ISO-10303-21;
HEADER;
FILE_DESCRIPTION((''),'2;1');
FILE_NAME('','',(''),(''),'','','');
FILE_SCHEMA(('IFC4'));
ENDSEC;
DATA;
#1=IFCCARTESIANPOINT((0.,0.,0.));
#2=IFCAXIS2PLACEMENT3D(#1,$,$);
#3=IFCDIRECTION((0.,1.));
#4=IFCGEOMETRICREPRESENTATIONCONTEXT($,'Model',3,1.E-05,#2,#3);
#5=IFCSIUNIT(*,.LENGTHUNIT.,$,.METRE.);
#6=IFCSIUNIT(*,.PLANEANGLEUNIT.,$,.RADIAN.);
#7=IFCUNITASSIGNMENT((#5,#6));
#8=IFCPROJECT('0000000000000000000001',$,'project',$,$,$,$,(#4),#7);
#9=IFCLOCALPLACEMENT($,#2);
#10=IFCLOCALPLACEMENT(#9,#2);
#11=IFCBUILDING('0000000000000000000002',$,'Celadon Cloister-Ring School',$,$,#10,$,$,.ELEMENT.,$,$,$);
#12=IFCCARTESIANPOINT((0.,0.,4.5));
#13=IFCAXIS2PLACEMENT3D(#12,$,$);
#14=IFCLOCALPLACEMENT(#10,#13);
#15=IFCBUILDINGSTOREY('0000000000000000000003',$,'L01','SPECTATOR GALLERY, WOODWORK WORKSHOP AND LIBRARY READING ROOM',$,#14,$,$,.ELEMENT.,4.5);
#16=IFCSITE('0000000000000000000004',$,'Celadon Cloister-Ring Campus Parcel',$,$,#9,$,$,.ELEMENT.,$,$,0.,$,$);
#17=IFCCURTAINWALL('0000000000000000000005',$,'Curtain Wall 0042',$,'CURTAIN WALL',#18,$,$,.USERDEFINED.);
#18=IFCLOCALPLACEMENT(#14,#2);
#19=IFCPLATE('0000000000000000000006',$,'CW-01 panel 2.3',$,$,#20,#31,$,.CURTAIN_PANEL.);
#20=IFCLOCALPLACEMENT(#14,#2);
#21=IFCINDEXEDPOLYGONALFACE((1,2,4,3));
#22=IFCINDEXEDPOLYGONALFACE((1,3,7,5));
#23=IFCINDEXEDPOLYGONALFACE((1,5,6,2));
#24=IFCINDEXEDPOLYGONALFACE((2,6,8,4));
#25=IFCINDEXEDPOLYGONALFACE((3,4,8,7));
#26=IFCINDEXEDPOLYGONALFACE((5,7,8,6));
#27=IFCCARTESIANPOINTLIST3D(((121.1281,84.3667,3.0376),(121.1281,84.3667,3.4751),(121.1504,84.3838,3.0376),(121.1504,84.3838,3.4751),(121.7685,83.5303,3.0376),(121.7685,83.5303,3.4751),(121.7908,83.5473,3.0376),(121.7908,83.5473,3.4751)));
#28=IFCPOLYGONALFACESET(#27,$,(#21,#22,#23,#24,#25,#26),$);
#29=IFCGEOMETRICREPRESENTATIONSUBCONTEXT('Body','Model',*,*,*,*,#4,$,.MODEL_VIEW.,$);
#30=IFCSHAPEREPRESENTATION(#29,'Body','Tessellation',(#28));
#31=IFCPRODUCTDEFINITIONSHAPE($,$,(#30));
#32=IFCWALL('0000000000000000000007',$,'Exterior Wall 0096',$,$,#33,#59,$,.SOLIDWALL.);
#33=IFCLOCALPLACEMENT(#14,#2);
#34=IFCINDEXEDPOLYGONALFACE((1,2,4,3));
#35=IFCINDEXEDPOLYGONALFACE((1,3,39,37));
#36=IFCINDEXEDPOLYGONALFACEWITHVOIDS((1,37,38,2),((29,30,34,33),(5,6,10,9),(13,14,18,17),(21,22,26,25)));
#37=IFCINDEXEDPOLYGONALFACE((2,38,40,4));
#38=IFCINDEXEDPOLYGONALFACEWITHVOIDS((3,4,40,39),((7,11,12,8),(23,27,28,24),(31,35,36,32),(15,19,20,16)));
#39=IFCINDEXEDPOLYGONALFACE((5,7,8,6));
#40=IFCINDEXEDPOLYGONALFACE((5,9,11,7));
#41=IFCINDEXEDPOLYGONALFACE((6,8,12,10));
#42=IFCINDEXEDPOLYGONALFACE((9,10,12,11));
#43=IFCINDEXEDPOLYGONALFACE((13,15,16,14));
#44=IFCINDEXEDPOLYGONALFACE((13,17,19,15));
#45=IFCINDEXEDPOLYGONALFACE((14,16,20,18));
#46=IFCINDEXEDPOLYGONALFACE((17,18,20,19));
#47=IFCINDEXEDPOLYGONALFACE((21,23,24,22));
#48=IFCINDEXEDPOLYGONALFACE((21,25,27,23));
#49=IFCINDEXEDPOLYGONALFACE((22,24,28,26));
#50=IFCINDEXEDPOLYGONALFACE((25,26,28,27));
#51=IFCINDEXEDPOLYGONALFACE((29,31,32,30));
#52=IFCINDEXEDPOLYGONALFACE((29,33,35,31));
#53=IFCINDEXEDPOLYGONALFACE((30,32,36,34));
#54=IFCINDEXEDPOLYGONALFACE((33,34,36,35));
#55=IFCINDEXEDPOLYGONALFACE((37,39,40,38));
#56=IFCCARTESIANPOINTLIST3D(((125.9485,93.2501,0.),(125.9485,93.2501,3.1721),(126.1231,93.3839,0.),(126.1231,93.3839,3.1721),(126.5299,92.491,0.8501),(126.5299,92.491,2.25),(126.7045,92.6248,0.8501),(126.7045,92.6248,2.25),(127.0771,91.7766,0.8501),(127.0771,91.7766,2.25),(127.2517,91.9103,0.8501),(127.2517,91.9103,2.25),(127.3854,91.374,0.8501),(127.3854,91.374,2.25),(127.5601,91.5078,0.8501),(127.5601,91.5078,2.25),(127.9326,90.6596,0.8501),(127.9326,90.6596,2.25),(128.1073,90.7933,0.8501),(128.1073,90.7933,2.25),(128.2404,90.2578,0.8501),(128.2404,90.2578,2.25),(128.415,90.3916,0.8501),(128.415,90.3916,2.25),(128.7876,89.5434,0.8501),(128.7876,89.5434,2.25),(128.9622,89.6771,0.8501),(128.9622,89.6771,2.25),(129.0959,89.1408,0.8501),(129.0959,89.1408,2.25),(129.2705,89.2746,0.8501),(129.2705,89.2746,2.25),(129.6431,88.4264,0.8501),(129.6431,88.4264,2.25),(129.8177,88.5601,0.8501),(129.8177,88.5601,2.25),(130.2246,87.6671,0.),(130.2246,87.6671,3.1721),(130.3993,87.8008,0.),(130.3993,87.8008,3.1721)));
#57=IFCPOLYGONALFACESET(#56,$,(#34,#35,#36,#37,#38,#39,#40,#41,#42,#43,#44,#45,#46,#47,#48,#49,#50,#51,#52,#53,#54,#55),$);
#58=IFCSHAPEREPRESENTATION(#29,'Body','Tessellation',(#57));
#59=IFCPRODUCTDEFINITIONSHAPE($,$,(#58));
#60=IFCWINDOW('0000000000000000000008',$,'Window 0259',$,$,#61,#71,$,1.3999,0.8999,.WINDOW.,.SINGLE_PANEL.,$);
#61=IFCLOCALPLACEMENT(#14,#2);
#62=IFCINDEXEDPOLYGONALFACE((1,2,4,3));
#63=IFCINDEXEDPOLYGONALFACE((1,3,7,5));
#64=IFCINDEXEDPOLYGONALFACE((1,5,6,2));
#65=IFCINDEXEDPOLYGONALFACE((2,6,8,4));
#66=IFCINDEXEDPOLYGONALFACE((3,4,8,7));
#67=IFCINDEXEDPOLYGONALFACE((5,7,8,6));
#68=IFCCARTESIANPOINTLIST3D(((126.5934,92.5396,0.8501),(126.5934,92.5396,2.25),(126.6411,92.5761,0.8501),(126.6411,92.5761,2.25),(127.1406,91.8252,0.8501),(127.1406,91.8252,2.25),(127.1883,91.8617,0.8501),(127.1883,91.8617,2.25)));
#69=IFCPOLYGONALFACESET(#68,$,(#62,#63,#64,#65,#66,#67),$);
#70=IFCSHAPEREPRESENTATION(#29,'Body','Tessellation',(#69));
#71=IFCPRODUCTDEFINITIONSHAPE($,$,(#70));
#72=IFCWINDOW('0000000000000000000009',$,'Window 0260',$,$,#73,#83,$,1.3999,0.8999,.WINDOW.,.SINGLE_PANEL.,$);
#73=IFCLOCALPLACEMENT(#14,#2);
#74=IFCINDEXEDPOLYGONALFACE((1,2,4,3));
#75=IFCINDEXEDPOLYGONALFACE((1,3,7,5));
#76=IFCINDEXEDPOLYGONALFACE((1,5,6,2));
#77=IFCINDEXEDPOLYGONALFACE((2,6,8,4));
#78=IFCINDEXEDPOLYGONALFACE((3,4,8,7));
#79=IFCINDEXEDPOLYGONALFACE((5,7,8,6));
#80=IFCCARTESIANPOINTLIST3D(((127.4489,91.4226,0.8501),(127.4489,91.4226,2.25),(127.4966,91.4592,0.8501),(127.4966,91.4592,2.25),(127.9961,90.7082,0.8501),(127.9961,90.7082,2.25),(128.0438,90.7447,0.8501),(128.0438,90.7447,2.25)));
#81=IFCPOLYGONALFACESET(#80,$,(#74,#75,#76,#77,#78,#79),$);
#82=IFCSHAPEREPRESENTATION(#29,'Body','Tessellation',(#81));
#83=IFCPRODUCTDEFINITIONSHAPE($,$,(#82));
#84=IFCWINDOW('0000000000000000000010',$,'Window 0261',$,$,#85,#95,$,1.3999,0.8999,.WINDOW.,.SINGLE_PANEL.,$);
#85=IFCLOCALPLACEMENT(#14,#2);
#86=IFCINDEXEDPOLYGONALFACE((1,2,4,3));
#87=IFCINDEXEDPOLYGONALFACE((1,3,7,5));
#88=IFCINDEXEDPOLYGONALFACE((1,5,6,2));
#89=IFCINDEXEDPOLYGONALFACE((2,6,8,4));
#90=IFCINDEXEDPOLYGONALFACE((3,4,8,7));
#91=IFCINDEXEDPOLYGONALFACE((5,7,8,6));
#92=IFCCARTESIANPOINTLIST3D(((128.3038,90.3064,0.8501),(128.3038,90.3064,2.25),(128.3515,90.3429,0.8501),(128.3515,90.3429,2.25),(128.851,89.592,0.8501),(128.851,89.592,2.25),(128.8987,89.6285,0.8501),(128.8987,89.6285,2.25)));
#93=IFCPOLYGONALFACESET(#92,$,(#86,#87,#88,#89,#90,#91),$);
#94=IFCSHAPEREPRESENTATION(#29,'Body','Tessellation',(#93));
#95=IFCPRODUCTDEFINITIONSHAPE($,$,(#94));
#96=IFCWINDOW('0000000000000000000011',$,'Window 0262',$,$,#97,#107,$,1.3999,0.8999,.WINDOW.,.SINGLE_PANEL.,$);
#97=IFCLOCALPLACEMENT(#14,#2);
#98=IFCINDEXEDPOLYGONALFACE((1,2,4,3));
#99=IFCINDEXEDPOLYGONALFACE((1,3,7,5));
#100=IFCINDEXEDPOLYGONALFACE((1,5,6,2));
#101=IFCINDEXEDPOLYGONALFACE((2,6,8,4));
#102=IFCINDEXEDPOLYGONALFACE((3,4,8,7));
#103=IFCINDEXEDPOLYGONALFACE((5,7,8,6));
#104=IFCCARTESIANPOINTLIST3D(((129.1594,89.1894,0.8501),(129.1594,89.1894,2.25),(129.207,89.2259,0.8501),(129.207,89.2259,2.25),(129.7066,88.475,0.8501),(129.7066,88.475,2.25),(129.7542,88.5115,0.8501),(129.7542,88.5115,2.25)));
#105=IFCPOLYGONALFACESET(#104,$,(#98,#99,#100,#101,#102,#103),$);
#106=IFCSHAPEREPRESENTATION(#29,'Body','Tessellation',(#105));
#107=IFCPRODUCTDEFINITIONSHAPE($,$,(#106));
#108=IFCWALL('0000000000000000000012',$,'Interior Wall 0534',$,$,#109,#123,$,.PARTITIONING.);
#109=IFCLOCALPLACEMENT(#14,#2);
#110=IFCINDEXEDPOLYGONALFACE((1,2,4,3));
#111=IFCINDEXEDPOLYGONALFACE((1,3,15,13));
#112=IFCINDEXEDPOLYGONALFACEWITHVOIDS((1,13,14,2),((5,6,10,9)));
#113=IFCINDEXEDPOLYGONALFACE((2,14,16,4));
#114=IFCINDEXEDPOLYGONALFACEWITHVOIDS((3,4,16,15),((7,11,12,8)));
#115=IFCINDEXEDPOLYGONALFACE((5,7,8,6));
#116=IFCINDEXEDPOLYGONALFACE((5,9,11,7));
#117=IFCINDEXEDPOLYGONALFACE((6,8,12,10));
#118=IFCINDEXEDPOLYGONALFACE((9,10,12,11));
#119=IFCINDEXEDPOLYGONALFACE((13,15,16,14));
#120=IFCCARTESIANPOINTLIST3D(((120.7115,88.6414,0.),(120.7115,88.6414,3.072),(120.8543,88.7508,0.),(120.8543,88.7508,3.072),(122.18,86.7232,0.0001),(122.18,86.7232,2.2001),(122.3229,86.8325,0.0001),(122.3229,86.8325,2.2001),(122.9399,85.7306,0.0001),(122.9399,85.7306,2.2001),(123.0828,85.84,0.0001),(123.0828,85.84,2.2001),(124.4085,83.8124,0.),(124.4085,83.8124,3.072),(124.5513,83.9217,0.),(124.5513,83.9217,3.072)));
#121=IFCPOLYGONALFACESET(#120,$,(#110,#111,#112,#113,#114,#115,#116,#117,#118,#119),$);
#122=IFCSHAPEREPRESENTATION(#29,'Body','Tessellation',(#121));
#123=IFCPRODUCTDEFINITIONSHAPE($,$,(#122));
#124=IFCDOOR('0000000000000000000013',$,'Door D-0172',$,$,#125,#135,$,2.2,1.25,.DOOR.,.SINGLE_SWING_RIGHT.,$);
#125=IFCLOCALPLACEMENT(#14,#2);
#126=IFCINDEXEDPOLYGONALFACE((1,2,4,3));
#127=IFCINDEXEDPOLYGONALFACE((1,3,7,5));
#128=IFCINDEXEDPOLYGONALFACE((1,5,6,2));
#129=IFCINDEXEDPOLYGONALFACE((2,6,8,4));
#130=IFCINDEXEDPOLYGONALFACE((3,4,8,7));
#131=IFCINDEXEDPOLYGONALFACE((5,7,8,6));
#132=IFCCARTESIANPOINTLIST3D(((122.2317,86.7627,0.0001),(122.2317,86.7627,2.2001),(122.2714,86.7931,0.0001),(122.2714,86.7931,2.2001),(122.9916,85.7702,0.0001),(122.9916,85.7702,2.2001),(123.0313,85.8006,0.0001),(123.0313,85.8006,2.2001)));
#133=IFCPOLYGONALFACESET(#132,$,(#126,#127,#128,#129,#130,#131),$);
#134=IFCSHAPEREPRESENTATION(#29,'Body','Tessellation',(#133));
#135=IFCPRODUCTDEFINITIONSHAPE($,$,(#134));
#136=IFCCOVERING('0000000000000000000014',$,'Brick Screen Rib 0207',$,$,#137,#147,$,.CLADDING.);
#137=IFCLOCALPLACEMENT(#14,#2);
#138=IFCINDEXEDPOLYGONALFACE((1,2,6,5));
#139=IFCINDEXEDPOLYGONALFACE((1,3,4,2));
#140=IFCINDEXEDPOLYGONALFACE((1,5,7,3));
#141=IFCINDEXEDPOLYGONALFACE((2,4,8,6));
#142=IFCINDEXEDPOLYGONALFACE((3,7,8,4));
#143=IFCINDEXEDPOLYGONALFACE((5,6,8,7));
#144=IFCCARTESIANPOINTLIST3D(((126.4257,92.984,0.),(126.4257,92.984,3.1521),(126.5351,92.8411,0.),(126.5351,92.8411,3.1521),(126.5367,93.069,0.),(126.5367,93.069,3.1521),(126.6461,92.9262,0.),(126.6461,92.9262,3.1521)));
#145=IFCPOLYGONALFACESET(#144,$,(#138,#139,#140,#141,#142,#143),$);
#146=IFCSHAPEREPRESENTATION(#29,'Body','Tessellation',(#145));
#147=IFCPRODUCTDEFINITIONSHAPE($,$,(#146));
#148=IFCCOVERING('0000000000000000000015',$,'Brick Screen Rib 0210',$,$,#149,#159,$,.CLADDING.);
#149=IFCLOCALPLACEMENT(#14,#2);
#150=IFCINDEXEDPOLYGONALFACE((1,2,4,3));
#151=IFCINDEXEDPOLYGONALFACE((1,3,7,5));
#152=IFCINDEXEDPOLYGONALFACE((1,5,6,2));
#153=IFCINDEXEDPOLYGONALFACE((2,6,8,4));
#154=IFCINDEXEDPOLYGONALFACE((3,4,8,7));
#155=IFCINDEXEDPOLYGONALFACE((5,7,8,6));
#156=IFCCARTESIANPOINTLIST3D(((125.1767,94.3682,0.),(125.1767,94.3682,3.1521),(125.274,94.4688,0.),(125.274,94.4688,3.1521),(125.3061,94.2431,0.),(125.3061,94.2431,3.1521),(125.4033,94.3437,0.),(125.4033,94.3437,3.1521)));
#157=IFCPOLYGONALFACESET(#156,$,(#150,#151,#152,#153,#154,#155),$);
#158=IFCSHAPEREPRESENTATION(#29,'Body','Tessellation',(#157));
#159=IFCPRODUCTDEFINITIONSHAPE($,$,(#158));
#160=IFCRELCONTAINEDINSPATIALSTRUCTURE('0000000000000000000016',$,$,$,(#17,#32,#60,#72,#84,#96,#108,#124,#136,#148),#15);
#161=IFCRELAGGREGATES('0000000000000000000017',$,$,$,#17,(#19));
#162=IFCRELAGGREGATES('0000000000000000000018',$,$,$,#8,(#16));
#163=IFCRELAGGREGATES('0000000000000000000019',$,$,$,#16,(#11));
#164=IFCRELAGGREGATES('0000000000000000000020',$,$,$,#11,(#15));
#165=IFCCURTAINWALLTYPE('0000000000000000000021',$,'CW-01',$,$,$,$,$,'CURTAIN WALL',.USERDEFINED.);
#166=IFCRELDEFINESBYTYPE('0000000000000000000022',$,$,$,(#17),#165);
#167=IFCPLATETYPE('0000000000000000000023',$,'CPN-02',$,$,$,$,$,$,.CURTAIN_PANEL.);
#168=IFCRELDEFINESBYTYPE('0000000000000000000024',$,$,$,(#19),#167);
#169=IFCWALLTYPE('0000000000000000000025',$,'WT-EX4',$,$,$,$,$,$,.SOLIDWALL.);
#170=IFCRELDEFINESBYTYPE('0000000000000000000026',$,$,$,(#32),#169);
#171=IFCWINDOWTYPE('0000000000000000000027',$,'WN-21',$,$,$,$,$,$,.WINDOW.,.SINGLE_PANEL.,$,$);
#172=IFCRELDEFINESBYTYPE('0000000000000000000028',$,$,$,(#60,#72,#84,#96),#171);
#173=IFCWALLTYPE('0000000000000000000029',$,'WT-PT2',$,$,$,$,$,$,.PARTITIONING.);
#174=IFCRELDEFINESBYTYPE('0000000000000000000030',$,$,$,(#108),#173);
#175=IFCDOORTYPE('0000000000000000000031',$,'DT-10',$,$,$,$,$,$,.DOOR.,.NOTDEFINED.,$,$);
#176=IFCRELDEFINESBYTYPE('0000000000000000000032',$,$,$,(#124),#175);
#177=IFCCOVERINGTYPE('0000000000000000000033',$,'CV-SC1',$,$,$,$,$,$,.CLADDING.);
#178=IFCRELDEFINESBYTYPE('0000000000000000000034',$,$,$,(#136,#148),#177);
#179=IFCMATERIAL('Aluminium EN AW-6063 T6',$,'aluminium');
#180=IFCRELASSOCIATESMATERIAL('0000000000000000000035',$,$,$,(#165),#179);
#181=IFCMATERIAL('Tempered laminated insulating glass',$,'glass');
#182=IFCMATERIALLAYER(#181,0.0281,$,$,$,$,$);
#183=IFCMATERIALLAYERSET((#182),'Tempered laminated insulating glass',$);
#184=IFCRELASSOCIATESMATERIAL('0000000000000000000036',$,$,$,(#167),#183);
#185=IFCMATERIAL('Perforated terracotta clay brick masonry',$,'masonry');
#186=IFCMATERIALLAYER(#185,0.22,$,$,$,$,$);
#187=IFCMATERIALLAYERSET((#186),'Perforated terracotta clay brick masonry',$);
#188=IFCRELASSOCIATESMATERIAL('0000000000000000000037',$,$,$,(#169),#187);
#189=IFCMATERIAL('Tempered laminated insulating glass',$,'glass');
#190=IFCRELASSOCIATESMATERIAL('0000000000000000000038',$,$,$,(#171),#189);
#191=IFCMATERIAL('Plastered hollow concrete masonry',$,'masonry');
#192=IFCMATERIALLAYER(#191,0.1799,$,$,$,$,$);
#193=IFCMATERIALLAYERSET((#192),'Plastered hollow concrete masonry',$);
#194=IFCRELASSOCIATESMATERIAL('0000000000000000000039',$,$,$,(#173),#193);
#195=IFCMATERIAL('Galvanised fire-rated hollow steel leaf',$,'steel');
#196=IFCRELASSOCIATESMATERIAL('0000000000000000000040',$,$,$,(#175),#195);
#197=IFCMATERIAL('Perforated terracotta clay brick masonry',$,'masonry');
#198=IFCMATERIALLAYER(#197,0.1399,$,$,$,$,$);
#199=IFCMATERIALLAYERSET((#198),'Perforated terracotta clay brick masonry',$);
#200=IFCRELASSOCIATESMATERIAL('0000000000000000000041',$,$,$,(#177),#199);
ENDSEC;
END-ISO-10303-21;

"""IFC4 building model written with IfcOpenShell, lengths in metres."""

from ifc_helpers import new_model, si_unit, direction, frame, frame_2d, origin, origin_2d, place, context, subcontext, project, spatial, rectangle, extrude, material, layer, layer_set, type_object, element, fill, aggregate, save


model = new_model("IFC4")

# Units and contexts
model_context = context("Model", 3, precision=1e-05, world=origin(), true_north=direction((0.0, 1.0)))
body_context = subcontext(model_context, "Body", "Model", "MODEL_VIEW")
ifc_project = project(units=[si_unit("LENGTHUNIT", "METRE"), si_unit("PLANEANGLEUNIT", "RADIAN")], contexts=[model_context])

# Site, building, storey
site_placement = place(None, origin())
site = spatial("IfcSite", under=ifc_project, at=site_placement, Name="Celadon Cloister-Ring Campus Parcel", CompositionType="ELEMENT", RefElevation=0.0)
building_placement = place(site_placement, origin())
building = spatial("IfcBuilding", under=site, at=building_placement, Name="Celadon Cloister-Ring School", CompositionType="ELEMENT")
storey_placement = place(building_placement, frame((0.0, 0.0, 4.5)))
storey = spatial("IfcBuildingStorey", under=building, at=storey_placement, Name="L01", Description="SPECTATOR GALLERY, WOODWORK WORKSHOP AND LIBRARY READING ROOM", CompositionType="ELEMENT", Elevation=4.5)

# Curtain wall
ifc_material_1 = material(Name="Aluminium EN AW-6063 T6", Category="aluminium")
curtain_wall_type = type_object("IfcCurtainWallType", Name="CW-01", ElementType="CURTAIN WALL", PredefinedType="USERDEFINED", material=ifc_material_1)
curtain_wall_placement = place(storey_placement, origin())
curtain_wall = element("IfcCurtainWall", 1, at=curtain_wall_placement, inside=storey, type_object=curtain_wall_type, Name="Curtain Wall 0042", ObjectType="CURTAIN WALL", PredefinedType="USERDEFINED")

# Plate
ifc_material_2 = material(Name="Tempered laminated insulating glass", Category="glass")
ifc_layer_1 = layer(ifc_material_2, 0.0281)
ifc_layer_set_1 = layer_set([ifc_layer_1], Name="Tempered laminated insulating glass")
plate_type = type_object("IfcPlateType", Name="CPN-02", PredefinedType="CURTAIN_PANEL", material=ifc_layer_set_1)
plate_1_placement = place(storey_placement, frame((121.4595, 83.957, 3.0376), z_axis=(0.0, 0.0, 1.0), x_axis=(-0.607876, 0.794032, 0.0)))
plate_1 = element("IfcPlate", 2, at=plate_1_placement, type_object=plate_type, Name="CW-01 panel 2.3", PredefinedType="CURTAIN_PANEL", context=body_context, shape_type="SweptSolid", body=[
    extrude(rectangle(XDim=1.0535, YDim=0.0281, at=origin_2d()), origin(), (0.0, 0.0, 1.0), 0.4375),
])
aggregate(curtain_wall, [plate_1])

# Wall, openings, windows
ifc_material_3 = material(Name="Perforated terracotta clay brick masonry", Category="masonry")
ifc_layer_2 = layer(ifc_material_3, 0.22)
ifc_layer_set_2 = layer_set([ifc_layer_2], Name="Perforated terracotta clay brick masonry")
wall_type_1 = type_object("IfcWallType", Name="WT-EX4", PredefinedType="SOLIDWALL", material=ifc_layer_set_2)
wall_1_placement = place(storey_placement, frame((126.0359, 93.3169, 0.0), z_axis=(0.0, 0.0, 1.0), x_axis=(0.608057, -0.793893, 0.0)))
wall_1 = element("IfcWall", 3, at=wall_1_placement, inside=storey, type_object=wall_type_1, Name="Exterior Wall 0096", PredefinedType="SOLIDWALL", context=body_context, shape_type="SweptSolid", body=[
    extrude(rectangle(XDim=7.0325, YDim=0.22, at=frame_2d((3.5161, 0.0))), origin(), (0.0, 0.0, 1.0), 3.1721),
])
opening_1_placement = place(wall_1_placement, frame((0.9561, 0.0, 0.8501)))
opening_1 = element("IfcOpeningElement", 4, at=opening_1_placement, cuts=wall_1, PredefinedType="OPENING", context=body_context, shape_type="SweptSolid", body=[
    extrude(rectangle(XDim=0.8999, YDim=1.3999, at=frame_2d((0.45, 0.7))), frame((0.0, 0.1201, 0.0), z_axis=(0.0, -1.0, 0.0), x_axis=(1.0, 0.0, 0.0)), (0.0, 0.0, 1.0), 0.24),
])
opening_2_placement = place(wall_1_placement, frame((2.363, 0.0, 0.8501)))
opening_2 = element("IfcOpeningElement", 5, at=opening_2_placement, cuts=wall_1, PredefinedType="OPENING", context=body_context, shape_type="SweptSolid", body=[
    extrude(rectangle(XDim=0.8999, YDim=1.3999, at=frame_2d((0.45, 0.7))), frame((0.0, 0.1201, 0.0), z_axis=(0.0, -1.0, 0.0), x_axis=(1.0, 0.0, 0.0)), (0.0, 0.0, 1.0), 0.24),
])
opening_3_placement = place(wall_1_placement, frame((3.769, 0.0, 0.8501)))
opening_3 = element("IfcOpeningElement", 6, at=opening_3_placement, cuts=wall_1, PredefinedType="OPENING", context=body_context, shape_type="SweptSolid", body=[
    extrude(rectangle(XDim=0.8999, YDim=1.3999, at=frame_2d((0.45, 0.7))), frame((0.0, 0.1201, 0.0), z_axis=(0.0, -1.0, 0.0), x_axis=(1.0, 0.0, 0.0)), (0.0, 0.0, 1.0), 0.24),
])
opening_4_placement = place(wall_1_placement, frame((5.176, 0.0, 0.8501)))
opening_4 = element("IfcOpeningElement", 7, at=opening_4_placement, cuts=wall_1, PredefinedType="OPENING", context=body_context, shape_type="SweptSolid", body=[
    extrude(rectangle(XDim=0.8999, YDim=1.3999, at=frame_2d((0.45, 0.7))), frame((0.0, 0.1201, 0.0), z_axis=(0.0, -1.0, 0.0), x_axis=(1.0, 0.0, 0.0)), (0.0, 0.0, 1.0), 0.24),
])
ifc_material_4 = material(Name="Tempered laminated insulating glass", Category="glass")
window_type = type_object("IfcWindowType", Name="WN-21", PartitioningType="SINGLE_PANEL", PredefinedType="WINDOW", material=ifc_material_4)
window_1_placement = place(opening_1_placement, origin())
window_1 = element("IfcWindow", 8, at=window_1_placement, inside=storey, type_object=window_type, Name="Window 0259", OverallHeight=1.3999, OverallWidth=0.8999, PartitioningType="SINGLE_PANEL", PredefinedType="WINDOW", context=body_context, shape_type="SweptSolid", body=[
    extrude(rectangle(XDim=0.8999, YDim=1.3999, at=frame_2d((0.45, 0.7))), frame((0.0, 0.03, 0.0), z_axis=(0.0, -1.0, 0.0), x_axis=(1.0, 0.0, 0.0)), (0.0, 0.0, 1.0), 0.0601),
])
fill(opening_1, window_1)
window_2_placement = place(opening_2_placement, origin())
window_2 = element("IfcWindow", 9, at=window_2_placement, inside=storey, type_object=window_type, Name="Window 0260", OverallHeight=1.3999, OverallWidth=0.8999, PartitioningType="SINGLE_PANEL", PredefinedType="WINDOW", context=body_context, shape_type="SweptSolid", body=[
    extrude(rectangle(XDim=0.8999, YDim=1.3999, at=frame_2d((0.45, 0.7))), frame((0.0, 0.03, 0.0), z_axis=(0.0, -1.0, 0.0), x_axis=(1.0, 0.0, 0.0)), (0.0, 0.0, 1.0), 0.0601),
])
fill(opening_2, window_2)
window_3_placement = place(opening_3_placement, origin())
window_3 = element("IfcWindow", 10, at=window_3_placement, inside=storey, type_object=window_type, Name="Window 0261", OverallHeight=1.3999, OverallWidth=0.8999, PartitioningType="SINGLE_PANEL", PredefinedType="WINDOW", context=body_context, shape_type="SweptSolid", body=[
    extrude(rectangle(XDim=0.8999, YDim=1.3999, at=frame_2d((0.45, 0.7))), frame((0.0, 0.03, 0.0), z_axis=(0.0, -1.0, 0.0), x_axis=(1.0, 0.0, 0.0)), (0.0, 0.0, 1.0), 0.0601),
])
fill(opening_3, window_3)
window_4_placement = place(opening_4_placement, origin())
window_4 = element("IfcWindow", 11, at=window_4_placement, inside=storey, type_object=window_type, Name="Window 0262", OverallHeight=1.3999, OverallWidth=0.8999, PartitioningType="SINGLE_PANEL", PredefinedType="WINDOW", context=body_context, shape_type="SweptSolid", body=[
    extrude(rectangle(XDim=0.8999, YDim=1.3999, at=frame_2d((0.45, 0.7))), frame((0.0, 0.03, 0.0), z_axis=(0.0, -1.0, 0.0), x_axis=(1.0, 0.0, 0.0)), (0.0, 0.0, 1.0), 0.0601),
])
fill(opening_4, window_4)

# Wall, opening, door
ifc_material_5 = material(Name="Plastered hollow concrete masonry", Category="masonry")
ifc_layer_3 = layer(ifc_material_5, 0.1799)
ifc_layer_set_3 = layer_set([ifc_layer_3], Name="Plastered hollow concrete masonry")
wall_type_2 = type_object("IfcWallType", Name="WT-PT2", PredefinedType="PARTITIONING", material=ifc_layer_set_3)
wall_2_placement = place(storey_placement, frame((124.48, 83.8669, 0.0), z_axis=(0.0, 0.0, 1.0), x_axis=(-0.607884, 0.794026, 0.0)))
wall_2 = element("IfcWall", 12, at=wall_2_placement, inside=storey, type_object=wall_type_2, Name="Interior Wall 0534", PredefinedType="PARTITIONING", context=body_context, shape_type="SweptSolid", body=[
    extrude(rectangle(XDim=6.0818, YDim=0.1799, at=frame_2d((3.041, 0.0))), origin(), (0.0, 0.0, 1.0), 3.072),
])
opening_5_placement = place(wall_2_placement, frame((2.416, 0.0, 0.0)))
opening_5 = element("IfcOpeningElement", 13, at=opening_5_placement, cuts=wall_2, PredefinedType="OPENING", context=body_context, shape_type="SweptSolid", body=[
    extrude(rectangle(XDim=1.25, YDim=2.2, at=frame_2d((0.625, 1.1001))), frame((0.0, 0.1001, 0.0), z_axis=(0.0, -1.0, 0.0), x_axis=(1.0, 0.0, 0.0)), (0.0, 0.0, 1.0), 0.2),
])
ifc_material_6 = material(Name="Galvanised fire-rated hollow steel leaf", Category="steel")
door_type = type_object("IfcDoorType", Name="DT-10", OperationType="NOTDEFINED", PredefinedType="DOOR", material=ifc_material_6)
door_placement = place(opening_5_placement, origin())
door = element("IfcDoor", 14, at=door_placement, inside=storey, type_object=door_type, Name="Door D-0172", OperationType="SINGLE_SWING_RIGHT", OverallHeight=2.2, OverallWidth=1.25, PredefinedType="DOOR", context=body_context, shape_type="SweptSolid", body=[
    extrude(rectangle(XDim=1.25, YDim=2.2, at=frame_2d((0.625, 1.1001))), frame((0.0, 0.0249, 0.0), z_axis=(0.0, -1.0, 0.0), x_axis=(1.0, 0.0, 0.0)), (0.0, 0.0, 1.0), 0.05),
])
fill(opening_5, door)

# Coverings
ifc_material_7 = material(Name="Perforated terracotta clay brick masonry", Category="masonry")
ifc_layer_4 = layer(ifc_material_7, 0.1399)
ifc_layer_set_4 = layer_set([ifc_layer_4], Name="Perforated terracotta clay brick masonry")
covering_type = type_object("IfcCoveringType", Name="CV-SC1", PredefinedType="CLADDING", material=ifc_layer_set_4)
for number, where, z_axis, x_axis, name in (
    (15, (126.5359, 92.9551, 0.0), (0.0, 0.0, 1.0), (0.608041, -0.793906, 0.0), "Brick Screen Rib 0207"),
    (16, (125.29, 94.356, 0.0), (0.0, 0.0, 1.0), (0.718673, -0.695349, 0.0), "Brick Screen Rib 0210"),
):
    element("IfcCovering", number, at=place(storey_placement, frame(where, z_axis=z_axis, x_axis=x_axis)), inside=storey, type_object=covering_type, Name=name, PredefinedType="CLADDING", context=body_context, shape_type="SweptSolid", body=[
        extrude(rectangle(XDim=0.1799, YDim=0.1399, at=origin_2d()), origin(), (0.0, 0.0, 1.0), 3.1521),
    ])

save(model, "model.ifc")
